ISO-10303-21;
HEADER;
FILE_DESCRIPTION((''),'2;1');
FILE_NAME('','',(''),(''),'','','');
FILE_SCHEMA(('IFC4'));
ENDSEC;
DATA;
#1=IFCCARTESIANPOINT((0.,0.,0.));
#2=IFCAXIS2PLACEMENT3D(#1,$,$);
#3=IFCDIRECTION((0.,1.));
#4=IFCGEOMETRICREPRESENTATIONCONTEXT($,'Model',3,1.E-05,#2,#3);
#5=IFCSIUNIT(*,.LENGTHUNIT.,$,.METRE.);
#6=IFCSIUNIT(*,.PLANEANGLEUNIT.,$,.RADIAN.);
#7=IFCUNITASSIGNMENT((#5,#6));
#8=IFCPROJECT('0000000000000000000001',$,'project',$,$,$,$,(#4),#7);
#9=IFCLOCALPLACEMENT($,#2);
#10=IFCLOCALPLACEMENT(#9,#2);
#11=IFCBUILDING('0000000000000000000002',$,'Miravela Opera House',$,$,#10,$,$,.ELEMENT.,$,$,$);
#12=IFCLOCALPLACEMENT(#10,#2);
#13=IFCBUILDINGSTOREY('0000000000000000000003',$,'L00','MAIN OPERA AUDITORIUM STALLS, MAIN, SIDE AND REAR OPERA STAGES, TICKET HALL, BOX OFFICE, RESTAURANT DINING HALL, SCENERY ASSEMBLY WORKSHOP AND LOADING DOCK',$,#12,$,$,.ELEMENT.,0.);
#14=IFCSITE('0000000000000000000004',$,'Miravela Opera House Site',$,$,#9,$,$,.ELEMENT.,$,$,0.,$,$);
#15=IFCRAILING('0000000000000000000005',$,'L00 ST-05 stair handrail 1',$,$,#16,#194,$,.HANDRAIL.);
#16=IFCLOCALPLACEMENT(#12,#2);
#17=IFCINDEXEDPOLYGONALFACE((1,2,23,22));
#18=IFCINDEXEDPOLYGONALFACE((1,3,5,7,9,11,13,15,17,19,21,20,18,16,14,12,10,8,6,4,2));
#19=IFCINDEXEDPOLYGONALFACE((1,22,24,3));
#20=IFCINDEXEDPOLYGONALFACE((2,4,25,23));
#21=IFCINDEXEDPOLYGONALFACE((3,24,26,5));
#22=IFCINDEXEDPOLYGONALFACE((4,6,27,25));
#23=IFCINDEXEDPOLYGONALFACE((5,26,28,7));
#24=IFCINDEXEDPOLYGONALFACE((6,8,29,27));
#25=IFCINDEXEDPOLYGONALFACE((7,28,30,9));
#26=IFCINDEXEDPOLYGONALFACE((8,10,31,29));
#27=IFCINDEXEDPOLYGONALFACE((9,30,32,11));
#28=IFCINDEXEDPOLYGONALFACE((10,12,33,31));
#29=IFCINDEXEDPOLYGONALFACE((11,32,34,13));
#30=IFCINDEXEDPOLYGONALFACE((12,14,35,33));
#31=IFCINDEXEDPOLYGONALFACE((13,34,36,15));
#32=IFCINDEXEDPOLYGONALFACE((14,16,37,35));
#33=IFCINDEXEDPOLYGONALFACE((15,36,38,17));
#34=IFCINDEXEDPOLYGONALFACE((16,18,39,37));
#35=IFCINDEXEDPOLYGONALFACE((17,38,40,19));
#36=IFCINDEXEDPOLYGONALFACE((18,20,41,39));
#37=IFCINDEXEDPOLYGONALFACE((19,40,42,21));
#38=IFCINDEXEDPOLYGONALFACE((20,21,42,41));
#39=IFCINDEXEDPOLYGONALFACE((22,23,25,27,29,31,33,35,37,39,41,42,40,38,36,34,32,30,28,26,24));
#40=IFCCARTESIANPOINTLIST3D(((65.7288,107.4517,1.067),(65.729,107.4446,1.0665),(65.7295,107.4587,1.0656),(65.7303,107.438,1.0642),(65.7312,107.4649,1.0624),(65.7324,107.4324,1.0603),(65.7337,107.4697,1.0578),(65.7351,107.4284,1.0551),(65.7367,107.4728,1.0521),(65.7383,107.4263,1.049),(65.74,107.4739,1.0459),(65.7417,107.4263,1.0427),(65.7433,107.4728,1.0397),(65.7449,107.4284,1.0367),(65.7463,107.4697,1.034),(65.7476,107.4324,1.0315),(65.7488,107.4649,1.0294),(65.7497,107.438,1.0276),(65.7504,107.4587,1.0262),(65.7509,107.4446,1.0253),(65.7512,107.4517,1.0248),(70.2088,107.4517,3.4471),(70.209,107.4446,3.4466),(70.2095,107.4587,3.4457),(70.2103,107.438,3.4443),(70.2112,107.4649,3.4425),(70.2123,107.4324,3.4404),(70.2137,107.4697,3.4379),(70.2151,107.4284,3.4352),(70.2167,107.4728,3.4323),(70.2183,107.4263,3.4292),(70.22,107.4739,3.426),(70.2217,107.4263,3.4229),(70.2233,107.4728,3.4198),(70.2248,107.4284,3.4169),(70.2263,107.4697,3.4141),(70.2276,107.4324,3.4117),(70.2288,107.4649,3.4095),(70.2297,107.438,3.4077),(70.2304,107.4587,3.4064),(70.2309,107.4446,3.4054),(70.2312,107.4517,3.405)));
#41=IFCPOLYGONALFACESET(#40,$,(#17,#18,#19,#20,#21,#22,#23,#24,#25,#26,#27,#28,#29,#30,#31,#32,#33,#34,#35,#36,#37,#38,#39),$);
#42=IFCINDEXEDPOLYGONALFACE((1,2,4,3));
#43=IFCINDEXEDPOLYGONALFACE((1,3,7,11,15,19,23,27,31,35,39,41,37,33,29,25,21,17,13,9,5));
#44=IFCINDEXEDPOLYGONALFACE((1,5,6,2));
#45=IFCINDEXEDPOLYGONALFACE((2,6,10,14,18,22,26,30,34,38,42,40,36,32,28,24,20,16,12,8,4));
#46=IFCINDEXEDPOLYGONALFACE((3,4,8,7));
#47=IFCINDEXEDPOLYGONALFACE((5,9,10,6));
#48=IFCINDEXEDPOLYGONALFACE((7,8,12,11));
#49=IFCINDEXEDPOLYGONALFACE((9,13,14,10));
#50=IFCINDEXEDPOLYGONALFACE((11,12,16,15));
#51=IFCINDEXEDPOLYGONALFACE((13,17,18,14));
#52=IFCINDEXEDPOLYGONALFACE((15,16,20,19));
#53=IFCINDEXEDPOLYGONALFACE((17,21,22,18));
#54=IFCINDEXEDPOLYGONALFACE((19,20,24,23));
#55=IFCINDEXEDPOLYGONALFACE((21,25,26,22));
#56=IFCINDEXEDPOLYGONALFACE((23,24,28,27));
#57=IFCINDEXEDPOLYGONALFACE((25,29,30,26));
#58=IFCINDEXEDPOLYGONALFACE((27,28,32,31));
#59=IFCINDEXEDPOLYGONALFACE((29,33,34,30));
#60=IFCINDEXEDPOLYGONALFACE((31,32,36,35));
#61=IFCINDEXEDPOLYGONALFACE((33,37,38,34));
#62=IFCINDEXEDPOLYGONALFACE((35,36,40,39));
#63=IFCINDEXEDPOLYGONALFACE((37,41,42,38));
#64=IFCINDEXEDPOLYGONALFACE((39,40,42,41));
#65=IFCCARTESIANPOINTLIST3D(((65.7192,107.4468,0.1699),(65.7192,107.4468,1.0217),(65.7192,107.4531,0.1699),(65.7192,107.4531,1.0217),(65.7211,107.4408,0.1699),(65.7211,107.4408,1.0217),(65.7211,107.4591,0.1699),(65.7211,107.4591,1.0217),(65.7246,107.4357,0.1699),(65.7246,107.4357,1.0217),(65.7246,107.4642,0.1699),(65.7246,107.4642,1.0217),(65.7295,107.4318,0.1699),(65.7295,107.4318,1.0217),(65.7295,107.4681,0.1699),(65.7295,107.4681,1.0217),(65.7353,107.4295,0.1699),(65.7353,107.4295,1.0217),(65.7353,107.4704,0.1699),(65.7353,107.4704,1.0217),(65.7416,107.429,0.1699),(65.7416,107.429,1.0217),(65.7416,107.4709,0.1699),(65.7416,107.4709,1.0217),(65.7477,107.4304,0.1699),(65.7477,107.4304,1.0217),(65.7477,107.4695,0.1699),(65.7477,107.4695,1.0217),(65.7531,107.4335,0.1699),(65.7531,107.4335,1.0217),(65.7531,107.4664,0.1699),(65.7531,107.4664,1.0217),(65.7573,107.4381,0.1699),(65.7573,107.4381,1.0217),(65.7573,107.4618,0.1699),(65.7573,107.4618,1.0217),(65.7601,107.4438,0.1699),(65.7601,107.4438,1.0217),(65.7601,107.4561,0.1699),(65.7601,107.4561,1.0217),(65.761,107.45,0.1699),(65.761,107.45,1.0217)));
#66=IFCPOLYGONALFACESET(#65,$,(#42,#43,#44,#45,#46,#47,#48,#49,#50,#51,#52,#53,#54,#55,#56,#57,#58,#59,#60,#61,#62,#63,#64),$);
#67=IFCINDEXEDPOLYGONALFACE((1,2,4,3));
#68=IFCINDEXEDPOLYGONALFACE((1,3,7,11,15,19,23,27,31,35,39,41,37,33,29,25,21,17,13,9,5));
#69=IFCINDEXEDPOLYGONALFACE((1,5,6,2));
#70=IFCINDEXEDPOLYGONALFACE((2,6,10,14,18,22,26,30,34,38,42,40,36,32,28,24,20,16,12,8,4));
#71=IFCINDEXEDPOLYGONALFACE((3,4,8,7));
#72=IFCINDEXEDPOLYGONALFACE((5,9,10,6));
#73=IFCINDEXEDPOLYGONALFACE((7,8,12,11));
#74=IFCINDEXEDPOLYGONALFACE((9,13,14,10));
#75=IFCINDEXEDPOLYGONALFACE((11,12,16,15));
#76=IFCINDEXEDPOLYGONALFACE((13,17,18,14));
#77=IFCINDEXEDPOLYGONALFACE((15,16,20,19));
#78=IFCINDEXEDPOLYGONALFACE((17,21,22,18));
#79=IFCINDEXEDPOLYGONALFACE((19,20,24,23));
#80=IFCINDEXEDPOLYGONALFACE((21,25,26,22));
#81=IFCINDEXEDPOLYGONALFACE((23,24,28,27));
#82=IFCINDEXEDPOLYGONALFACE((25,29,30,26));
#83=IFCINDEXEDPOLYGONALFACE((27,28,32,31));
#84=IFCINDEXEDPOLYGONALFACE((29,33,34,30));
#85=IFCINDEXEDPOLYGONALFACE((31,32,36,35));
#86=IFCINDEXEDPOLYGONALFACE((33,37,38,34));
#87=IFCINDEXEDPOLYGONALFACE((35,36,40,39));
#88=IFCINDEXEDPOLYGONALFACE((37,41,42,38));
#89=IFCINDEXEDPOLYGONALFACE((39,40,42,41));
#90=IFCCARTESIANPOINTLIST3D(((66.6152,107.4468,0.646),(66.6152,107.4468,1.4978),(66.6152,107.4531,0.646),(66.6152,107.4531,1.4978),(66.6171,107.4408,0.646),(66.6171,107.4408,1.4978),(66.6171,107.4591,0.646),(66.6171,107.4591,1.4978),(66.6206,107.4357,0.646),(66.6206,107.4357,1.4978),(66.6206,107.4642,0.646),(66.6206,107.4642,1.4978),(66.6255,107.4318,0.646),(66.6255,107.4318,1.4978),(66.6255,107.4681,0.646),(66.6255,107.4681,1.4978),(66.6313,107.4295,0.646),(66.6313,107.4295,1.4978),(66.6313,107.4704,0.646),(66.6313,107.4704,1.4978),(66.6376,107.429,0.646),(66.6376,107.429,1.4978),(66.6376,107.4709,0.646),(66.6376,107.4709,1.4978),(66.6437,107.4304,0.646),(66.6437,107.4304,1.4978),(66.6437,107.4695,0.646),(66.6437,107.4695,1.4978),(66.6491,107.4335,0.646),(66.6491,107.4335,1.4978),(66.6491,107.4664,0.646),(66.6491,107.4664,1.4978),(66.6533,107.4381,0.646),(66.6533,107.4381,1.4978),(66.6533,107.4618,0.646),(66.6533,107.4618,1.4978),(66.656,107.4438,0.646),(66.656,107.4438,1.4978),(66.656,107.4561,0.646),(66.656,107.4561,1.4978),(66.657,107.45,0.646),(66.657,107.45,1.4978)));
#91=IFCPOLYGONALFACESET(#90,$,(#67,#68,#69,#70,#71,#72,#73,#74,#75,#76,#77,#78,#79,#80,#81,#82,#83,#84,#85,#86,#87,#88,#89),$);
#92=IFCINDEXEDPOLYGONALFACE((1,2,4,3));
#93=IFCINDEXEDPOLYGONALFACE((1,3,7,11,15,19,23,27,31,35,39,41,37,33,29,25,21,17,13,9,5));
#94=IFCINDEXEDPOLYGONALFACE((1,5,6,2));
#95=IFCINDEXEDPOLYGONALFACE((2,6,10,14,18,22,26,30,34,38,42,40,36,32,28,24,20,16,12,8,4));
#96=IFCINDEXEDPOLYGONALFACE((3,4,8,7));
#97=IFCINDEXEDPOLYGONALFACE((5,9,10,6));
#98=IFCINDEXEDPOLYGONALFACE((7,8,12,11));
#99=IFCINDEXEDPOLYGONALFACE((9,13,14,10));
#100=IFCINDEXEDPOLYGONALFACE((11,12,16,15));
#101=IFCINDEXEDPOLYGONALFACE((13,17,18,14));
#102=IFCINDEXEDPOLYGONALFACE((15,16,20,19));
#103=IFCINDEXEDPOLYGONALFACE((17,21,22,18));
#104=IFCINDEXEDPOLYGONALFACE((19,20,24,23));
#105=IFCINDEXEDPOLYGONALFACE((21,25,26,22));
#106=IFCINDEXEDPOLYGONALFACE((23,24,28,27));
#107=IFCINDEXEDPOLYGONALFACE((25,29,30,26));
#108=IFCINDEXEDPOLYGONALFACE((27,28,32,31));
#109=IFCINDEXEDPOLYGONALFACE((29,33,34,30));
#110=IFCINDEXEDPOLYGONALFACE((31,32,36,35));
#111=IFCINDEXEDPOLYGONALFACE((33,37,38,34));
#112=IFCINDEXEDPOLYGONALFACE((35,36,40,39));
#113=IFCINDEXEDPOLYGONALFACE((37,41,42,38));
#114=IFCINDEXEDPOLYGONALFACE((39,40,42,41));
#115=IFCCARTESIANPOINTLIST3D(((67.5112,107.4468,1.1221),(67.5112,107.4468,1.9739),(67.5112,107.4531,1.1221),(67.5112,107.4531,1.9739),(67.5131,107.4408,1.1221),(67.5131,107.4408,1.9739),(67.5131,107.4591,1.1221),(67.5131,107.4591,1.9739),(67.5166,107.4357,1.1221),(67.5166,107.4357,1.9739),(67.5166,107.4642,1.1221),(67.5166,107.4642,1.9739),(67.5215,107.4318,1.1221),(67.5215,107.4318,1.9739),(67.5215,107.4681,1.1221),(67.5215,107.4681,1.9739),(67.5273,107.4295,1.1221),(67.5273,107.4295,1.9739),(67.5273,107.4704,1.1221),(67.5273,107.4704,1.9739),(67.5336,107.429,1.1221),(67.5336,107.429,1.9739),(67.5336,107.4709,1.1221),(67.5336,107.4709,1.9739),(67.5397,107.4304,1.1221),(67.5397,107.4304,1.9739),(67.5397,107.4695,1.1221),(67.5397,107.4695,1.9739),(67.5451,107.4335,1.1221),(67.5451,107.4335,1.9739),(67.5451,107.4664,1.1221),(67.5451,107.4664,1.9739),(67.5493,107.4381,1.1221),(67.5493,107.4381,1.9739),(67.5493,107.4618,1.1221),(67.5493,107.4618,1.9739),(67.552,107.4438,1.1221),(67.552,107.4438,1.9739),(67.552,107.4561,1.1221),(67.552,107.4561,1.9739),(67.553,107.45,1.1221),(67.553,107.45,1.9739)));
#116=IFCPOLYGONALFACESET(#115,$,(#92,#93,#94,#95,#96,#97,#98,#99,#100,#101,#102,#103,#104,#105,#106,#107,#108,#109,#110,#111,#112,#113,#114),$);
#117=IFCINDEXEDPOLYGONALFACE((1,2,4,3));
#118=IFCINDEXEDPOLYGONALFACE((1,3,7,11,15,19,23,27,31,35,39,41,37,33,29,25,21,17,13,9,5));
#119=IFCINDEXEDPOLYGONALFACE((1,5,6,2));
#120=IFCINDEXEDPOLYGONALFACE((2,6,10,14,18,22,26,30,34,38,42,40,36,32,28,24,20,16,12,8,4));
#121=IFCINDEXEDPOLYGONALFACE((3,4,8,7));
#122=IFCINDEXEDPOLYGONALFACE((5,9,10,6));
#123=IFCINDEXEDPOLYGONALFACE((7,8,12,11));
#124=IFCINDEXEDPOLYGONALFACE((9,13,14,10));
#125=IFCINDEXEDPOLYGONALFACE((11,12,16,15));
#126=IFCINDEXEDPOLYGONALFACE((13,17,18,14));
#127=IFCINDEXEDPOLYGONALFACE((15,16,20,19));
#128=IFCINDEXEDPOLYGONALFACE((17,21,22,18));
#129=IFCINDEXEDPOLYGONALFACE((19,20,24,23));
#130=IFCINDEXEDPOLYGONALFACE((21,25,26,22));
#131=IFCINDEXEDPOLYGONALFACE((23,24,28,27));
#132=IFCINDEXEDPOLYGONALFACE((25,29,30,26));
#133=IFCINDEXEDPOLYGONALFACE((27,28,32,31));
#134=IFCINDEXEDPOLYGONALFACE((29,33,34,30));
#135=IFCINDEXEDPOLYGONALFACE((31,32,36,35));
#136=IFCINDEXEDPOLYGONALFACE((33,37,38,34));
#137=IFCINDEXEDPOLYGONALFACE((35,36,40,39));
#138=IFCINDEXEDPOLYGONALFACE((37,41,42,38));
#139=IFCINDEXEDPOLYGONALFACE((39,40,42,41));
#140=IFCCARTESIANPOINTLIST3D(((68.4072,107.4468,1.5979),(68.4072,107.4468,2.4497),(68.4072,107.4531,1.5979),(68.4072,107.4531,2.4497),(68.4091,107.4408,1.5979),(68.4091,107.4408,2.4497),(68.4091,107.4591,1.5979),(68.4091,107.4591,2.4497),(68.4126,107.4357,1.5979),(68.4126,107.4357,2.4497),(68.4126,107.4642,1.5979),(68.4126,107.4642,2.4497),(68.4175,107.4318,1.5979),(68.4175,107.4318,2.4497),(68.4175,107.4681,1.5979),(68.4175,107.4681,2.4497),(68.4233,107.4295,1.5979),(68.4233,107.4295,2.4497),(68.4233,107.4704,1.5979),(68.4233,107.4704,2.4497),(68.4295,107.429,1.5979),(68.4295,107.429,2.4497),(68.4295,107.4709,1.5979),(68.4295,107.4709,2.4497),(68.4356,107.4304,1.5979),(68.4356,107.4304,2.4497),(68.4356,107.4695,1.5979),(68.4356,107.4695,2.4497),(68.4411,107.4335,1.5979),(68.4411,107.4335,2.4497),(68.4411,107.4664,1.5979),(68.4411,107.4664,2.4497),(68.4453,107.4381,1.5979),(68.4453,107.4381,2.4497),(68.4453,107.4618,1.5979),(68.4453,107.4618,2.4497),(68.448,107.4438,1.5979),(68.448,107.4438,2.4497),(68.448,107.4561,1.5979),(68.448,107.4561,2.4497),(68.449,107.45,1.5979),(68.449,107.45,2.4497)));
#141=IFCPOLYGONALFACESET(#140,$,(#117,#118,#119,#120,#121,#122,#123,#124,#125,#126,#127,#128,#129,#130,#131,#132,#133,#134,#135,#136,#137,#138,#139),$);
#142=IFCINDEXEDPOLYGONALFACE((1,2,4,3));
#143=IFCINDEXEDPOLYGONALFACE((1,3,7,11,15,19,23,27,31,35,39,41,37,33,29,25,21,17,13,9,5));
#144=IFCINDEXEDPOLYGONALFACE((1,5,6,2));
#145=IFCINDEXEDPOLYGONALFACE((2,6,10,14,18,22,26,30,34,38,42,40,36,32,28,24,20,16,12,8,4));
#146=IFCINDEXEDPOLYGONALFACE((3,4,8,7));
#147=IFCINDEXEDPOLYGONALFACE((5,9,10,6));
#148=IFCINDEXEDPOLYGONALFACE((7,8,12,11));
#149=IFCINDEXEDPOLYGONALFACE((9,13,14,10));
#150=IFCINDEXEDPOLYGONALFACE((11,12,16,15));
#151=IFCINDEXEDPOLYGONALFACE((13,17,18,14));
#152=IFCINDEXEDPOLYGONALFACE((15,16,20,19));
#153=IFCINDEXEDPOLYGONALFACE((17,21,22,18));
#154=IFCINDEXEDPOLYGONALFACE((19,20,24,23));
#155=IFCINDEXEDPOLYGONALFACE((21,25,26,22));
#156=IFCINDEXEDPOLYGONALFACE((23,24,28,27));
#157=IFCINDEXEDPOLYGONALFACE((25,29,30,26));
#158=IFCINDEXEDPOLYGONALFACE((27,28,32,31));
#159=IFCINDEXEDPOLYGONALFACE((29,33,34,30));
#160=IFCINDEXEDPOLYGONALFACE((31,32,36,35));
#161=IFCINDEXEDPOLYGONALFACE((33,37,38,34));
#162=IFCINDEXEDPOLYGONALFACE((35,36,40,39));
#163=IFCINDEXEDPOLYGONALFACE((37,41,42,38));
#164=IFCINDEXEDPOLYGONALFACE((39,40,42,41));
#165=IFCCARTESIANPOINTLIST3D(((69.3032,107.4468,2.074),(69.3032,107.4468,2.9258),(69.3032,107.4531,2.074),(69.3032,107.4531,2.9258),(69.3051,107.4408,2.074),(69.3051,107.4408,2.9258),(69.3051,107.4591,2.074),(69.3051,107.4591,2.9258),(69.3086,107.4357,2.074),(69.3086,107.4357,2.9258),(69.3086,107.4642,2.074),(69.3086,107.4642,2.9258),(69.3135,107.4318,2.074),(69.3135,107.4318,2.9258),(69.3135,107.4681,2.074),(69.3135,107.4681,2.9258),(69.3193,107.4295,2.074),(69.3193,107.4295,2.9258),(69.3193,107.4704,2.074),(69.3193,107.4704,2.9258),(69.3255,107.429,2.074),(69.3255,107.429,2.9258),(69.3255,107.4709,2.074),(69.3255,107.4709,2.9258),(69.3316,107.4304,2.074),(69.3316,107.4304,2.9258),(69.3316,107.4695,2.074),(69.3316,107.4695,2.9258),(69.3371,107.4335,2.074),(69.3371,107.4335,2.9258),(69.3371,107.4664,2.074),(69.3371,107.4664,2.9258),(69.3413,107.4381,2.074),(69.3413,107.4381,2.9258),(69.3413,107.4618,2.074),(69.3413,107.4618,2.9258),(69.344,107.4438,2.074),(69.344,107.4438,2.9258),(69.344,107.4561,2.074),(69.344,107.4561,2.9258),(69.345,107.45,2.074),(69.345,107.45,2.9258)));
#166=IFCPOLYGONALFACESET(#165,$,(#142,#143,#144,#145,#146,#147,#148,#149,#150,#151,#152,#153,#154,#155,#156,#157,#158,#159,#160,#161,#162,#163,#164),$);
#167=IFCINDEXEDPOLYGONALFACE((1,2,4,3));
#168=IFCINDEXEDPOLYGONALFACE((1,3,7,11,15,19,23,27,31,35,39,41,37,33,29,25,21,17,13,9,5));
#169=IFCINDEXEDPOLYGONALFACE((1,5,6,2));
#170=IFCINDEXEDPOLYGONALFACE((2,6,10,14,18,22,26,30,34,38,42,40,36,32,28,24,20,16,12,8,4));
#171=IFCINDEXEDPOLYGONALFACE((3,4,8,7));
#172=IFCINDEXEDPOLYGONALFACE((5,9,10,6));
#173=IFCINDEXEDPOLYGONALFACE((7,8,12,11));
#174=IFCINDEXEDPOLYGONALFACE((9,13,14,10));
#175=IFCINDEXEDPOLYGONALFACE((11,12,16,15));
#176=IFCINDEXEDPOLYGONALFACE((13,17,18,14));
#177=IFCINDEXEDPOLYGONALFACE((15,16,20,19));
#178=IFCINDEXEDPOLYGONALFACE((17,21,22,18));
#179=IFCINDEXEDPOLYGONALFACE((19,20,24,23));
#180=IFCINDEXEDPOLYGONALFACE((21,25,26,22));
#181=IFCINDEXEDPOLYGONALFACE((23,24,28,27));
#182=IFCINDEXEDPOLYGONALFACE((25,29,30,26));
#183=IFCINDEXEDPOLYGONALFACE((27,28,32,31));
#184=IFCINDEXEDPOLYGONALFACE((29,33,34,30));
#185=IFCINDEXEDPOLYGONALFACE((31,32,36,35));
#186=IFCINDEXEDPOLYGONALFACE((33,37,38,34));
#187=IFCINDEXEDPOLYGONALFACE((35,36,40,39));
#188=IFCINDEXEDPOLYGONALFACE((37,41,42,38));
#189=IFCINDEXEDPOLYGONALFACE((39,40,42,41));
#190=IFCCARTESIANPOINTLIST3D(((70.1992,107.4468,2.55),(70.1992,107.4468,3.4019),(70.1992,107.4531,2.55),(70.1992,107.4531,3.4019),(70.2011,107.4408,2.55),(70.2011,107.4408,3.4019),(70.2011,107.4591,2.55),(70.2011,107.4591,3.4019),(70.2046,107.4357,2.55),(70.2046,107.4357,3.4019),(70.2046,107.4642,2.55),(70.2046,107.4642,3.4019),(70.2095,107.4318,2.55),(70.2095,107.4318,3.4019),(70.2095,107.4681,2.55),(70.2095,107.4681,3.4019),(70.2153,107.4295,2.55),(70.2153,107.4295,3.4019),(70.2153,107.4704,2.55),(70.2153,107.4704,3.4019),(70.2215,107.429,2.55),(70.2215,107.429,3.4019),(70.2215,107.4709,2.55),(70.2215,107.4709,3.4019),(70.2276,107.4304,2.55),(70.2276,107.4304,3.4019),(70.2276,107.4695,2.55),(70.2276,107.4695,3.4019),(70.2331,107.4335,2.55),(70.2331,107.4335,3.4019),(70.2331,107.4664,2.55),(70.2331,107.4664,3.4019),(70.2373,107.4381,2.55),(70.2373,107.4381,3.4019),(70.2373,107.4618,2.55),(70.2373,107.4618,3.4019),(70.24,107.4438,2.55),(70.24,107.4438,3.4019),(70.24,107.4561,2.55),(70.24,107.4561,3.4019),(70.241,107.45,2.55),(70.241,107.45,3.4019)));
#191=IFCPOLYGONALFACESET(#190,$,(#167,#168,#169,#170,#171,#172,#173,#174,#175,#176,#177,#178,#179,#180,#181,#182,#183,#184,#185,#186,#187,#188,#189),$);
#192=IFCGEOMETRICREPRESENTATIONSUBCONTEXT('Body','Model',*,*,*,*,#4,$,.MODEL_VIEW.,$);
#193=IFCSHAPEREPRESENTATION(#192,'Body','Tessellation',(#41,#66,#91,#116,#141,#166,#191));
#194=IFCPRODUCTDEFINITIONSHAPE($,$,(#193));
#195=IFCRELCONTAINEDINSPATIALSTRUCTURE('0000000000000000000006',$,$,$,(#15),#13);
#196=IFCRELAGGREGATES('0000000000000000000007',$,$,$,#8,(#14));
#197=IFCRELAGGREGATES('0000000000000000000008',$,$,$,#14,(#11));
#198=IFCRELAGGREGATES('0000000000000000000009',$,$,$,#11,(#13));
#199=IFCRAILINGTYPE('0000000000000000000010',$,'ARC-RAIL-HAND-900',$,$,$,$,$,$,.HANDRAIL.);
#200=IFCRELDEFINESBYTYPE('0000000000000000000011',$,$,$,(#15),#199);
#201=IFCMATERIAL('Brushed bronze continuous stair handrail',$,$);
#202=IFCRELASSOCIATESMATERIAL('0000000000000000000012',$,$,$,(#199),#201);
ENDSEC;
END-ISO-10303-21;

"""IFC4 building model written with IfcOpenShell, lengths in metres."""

from ifc_helpers import new_model, si_unit, direction, frame, origin, origin_2d, place, context, subcontext, project, spatial, circle, extrude, material, type_object, element, save


model = new_model("IFC4")

# Units and contexts
model_context = context("Model", 3, precision=1e-05, world=origin(), true_north=direction((0.0, 1.0)))
body_context = subcontext(model_context, "Body", "Model", "MODEL_VIEW")
ifc_project = project(units=[si_unit("LENGTHUNIT", "METRE"), si_unit("PLANEANGLEUNIT", "RADIAN")], contexts=[model_context])

# Site, building, storey
site_placement = place(None, origin())
site = spatial("IfcSite", under=ifc_project, at=site_placement, Name="Miravela Opera House Site", CompositionType="ELEMENT", RefElevation=0.0)
building_placement = place(site_placement, origin())
building = spatial("IfcBuilding", under=site, at=building_placement, Name="Miravela Opera House", CompositionType="ELEMENT")
storey_placement = place(building_placement, origin())
storey = spatial("IfcBuildingStorey", under=building, at=storey_placement, Name="L00", Description="MAIN OPERA AUDITORIUM STALLS, MAIN, SIDE AND REAR OPERA STAGES, TICKET HALL, BOX OFFICE, RESTAURANT DINING HALL, SCENERY ASSEMBLY WORKSHOP AND LOADING DOCK", CompositionType="ELEMENT", Elevation=0.0)

# Railing
ifc_material_1 = material(Name="Brushed bronze continuous stair handrail")
railing_type_1 = type_object("IfcRailingType", Name="ARC-RAIL-HAND-900", PredefinedType="HANDRAIL", material=ifc_material_1)
railing_1_placement = place(storey_placement, frame((65.74, 107.45, 0.1699)))
element("IfcRailing", 1, at=railing_1_placement, inside=storey, type_object=railing_type_1, Name="L00 ST-05 stair handrail 1", PredefinedType="HANDRAIL", context=body_context, shape_type="SweptSolid", body=[
    extrude(circle(Radius=0.0239, at=origin_2d()), frame((0.0, 0.0, 0.876), z_axis=(0.883105, 0.0, 0.469176), x_axis=(0.0, 1.0, 0.0)), (0.0, 0.0, 1.0), 5.073),
    extrude(circle(Radius=0.021, at=origin_2d()), origin(), (0.0, 0.0, 1.0), 0.8518),
    extrude(circle(Radius=0.021, at=origin_2d()), frame((0.896, 0.0, 0.4761)), (0.0, 0.0, 1.0), 0.8518),
    extrude(circle(Radius=0.021, at=origin_2d()), frame((1.792, 0.0, 0.9521)), (0.0, 0.0, 1.0), 0.8518),
    extrude(circle(Radius=0.021, at=origin_2d()), frame((2.688, 0.0, 1.428)), (0.0, 0.0, 1.0), 0.8518),
    extrude(circle(Radius=0.021, at=origin_2d()), frame((3.584, 0.0, 1.9041)), (0.0, 0.0, 1.0), 0.8518),
    extrude(circle(Radius=0.021, at=origin_2d()), frame((4.48, 0.0, 2.3801)), (0.0, 0.0, 1.0), 0.8518),
])

save(model, "model.ifc")
